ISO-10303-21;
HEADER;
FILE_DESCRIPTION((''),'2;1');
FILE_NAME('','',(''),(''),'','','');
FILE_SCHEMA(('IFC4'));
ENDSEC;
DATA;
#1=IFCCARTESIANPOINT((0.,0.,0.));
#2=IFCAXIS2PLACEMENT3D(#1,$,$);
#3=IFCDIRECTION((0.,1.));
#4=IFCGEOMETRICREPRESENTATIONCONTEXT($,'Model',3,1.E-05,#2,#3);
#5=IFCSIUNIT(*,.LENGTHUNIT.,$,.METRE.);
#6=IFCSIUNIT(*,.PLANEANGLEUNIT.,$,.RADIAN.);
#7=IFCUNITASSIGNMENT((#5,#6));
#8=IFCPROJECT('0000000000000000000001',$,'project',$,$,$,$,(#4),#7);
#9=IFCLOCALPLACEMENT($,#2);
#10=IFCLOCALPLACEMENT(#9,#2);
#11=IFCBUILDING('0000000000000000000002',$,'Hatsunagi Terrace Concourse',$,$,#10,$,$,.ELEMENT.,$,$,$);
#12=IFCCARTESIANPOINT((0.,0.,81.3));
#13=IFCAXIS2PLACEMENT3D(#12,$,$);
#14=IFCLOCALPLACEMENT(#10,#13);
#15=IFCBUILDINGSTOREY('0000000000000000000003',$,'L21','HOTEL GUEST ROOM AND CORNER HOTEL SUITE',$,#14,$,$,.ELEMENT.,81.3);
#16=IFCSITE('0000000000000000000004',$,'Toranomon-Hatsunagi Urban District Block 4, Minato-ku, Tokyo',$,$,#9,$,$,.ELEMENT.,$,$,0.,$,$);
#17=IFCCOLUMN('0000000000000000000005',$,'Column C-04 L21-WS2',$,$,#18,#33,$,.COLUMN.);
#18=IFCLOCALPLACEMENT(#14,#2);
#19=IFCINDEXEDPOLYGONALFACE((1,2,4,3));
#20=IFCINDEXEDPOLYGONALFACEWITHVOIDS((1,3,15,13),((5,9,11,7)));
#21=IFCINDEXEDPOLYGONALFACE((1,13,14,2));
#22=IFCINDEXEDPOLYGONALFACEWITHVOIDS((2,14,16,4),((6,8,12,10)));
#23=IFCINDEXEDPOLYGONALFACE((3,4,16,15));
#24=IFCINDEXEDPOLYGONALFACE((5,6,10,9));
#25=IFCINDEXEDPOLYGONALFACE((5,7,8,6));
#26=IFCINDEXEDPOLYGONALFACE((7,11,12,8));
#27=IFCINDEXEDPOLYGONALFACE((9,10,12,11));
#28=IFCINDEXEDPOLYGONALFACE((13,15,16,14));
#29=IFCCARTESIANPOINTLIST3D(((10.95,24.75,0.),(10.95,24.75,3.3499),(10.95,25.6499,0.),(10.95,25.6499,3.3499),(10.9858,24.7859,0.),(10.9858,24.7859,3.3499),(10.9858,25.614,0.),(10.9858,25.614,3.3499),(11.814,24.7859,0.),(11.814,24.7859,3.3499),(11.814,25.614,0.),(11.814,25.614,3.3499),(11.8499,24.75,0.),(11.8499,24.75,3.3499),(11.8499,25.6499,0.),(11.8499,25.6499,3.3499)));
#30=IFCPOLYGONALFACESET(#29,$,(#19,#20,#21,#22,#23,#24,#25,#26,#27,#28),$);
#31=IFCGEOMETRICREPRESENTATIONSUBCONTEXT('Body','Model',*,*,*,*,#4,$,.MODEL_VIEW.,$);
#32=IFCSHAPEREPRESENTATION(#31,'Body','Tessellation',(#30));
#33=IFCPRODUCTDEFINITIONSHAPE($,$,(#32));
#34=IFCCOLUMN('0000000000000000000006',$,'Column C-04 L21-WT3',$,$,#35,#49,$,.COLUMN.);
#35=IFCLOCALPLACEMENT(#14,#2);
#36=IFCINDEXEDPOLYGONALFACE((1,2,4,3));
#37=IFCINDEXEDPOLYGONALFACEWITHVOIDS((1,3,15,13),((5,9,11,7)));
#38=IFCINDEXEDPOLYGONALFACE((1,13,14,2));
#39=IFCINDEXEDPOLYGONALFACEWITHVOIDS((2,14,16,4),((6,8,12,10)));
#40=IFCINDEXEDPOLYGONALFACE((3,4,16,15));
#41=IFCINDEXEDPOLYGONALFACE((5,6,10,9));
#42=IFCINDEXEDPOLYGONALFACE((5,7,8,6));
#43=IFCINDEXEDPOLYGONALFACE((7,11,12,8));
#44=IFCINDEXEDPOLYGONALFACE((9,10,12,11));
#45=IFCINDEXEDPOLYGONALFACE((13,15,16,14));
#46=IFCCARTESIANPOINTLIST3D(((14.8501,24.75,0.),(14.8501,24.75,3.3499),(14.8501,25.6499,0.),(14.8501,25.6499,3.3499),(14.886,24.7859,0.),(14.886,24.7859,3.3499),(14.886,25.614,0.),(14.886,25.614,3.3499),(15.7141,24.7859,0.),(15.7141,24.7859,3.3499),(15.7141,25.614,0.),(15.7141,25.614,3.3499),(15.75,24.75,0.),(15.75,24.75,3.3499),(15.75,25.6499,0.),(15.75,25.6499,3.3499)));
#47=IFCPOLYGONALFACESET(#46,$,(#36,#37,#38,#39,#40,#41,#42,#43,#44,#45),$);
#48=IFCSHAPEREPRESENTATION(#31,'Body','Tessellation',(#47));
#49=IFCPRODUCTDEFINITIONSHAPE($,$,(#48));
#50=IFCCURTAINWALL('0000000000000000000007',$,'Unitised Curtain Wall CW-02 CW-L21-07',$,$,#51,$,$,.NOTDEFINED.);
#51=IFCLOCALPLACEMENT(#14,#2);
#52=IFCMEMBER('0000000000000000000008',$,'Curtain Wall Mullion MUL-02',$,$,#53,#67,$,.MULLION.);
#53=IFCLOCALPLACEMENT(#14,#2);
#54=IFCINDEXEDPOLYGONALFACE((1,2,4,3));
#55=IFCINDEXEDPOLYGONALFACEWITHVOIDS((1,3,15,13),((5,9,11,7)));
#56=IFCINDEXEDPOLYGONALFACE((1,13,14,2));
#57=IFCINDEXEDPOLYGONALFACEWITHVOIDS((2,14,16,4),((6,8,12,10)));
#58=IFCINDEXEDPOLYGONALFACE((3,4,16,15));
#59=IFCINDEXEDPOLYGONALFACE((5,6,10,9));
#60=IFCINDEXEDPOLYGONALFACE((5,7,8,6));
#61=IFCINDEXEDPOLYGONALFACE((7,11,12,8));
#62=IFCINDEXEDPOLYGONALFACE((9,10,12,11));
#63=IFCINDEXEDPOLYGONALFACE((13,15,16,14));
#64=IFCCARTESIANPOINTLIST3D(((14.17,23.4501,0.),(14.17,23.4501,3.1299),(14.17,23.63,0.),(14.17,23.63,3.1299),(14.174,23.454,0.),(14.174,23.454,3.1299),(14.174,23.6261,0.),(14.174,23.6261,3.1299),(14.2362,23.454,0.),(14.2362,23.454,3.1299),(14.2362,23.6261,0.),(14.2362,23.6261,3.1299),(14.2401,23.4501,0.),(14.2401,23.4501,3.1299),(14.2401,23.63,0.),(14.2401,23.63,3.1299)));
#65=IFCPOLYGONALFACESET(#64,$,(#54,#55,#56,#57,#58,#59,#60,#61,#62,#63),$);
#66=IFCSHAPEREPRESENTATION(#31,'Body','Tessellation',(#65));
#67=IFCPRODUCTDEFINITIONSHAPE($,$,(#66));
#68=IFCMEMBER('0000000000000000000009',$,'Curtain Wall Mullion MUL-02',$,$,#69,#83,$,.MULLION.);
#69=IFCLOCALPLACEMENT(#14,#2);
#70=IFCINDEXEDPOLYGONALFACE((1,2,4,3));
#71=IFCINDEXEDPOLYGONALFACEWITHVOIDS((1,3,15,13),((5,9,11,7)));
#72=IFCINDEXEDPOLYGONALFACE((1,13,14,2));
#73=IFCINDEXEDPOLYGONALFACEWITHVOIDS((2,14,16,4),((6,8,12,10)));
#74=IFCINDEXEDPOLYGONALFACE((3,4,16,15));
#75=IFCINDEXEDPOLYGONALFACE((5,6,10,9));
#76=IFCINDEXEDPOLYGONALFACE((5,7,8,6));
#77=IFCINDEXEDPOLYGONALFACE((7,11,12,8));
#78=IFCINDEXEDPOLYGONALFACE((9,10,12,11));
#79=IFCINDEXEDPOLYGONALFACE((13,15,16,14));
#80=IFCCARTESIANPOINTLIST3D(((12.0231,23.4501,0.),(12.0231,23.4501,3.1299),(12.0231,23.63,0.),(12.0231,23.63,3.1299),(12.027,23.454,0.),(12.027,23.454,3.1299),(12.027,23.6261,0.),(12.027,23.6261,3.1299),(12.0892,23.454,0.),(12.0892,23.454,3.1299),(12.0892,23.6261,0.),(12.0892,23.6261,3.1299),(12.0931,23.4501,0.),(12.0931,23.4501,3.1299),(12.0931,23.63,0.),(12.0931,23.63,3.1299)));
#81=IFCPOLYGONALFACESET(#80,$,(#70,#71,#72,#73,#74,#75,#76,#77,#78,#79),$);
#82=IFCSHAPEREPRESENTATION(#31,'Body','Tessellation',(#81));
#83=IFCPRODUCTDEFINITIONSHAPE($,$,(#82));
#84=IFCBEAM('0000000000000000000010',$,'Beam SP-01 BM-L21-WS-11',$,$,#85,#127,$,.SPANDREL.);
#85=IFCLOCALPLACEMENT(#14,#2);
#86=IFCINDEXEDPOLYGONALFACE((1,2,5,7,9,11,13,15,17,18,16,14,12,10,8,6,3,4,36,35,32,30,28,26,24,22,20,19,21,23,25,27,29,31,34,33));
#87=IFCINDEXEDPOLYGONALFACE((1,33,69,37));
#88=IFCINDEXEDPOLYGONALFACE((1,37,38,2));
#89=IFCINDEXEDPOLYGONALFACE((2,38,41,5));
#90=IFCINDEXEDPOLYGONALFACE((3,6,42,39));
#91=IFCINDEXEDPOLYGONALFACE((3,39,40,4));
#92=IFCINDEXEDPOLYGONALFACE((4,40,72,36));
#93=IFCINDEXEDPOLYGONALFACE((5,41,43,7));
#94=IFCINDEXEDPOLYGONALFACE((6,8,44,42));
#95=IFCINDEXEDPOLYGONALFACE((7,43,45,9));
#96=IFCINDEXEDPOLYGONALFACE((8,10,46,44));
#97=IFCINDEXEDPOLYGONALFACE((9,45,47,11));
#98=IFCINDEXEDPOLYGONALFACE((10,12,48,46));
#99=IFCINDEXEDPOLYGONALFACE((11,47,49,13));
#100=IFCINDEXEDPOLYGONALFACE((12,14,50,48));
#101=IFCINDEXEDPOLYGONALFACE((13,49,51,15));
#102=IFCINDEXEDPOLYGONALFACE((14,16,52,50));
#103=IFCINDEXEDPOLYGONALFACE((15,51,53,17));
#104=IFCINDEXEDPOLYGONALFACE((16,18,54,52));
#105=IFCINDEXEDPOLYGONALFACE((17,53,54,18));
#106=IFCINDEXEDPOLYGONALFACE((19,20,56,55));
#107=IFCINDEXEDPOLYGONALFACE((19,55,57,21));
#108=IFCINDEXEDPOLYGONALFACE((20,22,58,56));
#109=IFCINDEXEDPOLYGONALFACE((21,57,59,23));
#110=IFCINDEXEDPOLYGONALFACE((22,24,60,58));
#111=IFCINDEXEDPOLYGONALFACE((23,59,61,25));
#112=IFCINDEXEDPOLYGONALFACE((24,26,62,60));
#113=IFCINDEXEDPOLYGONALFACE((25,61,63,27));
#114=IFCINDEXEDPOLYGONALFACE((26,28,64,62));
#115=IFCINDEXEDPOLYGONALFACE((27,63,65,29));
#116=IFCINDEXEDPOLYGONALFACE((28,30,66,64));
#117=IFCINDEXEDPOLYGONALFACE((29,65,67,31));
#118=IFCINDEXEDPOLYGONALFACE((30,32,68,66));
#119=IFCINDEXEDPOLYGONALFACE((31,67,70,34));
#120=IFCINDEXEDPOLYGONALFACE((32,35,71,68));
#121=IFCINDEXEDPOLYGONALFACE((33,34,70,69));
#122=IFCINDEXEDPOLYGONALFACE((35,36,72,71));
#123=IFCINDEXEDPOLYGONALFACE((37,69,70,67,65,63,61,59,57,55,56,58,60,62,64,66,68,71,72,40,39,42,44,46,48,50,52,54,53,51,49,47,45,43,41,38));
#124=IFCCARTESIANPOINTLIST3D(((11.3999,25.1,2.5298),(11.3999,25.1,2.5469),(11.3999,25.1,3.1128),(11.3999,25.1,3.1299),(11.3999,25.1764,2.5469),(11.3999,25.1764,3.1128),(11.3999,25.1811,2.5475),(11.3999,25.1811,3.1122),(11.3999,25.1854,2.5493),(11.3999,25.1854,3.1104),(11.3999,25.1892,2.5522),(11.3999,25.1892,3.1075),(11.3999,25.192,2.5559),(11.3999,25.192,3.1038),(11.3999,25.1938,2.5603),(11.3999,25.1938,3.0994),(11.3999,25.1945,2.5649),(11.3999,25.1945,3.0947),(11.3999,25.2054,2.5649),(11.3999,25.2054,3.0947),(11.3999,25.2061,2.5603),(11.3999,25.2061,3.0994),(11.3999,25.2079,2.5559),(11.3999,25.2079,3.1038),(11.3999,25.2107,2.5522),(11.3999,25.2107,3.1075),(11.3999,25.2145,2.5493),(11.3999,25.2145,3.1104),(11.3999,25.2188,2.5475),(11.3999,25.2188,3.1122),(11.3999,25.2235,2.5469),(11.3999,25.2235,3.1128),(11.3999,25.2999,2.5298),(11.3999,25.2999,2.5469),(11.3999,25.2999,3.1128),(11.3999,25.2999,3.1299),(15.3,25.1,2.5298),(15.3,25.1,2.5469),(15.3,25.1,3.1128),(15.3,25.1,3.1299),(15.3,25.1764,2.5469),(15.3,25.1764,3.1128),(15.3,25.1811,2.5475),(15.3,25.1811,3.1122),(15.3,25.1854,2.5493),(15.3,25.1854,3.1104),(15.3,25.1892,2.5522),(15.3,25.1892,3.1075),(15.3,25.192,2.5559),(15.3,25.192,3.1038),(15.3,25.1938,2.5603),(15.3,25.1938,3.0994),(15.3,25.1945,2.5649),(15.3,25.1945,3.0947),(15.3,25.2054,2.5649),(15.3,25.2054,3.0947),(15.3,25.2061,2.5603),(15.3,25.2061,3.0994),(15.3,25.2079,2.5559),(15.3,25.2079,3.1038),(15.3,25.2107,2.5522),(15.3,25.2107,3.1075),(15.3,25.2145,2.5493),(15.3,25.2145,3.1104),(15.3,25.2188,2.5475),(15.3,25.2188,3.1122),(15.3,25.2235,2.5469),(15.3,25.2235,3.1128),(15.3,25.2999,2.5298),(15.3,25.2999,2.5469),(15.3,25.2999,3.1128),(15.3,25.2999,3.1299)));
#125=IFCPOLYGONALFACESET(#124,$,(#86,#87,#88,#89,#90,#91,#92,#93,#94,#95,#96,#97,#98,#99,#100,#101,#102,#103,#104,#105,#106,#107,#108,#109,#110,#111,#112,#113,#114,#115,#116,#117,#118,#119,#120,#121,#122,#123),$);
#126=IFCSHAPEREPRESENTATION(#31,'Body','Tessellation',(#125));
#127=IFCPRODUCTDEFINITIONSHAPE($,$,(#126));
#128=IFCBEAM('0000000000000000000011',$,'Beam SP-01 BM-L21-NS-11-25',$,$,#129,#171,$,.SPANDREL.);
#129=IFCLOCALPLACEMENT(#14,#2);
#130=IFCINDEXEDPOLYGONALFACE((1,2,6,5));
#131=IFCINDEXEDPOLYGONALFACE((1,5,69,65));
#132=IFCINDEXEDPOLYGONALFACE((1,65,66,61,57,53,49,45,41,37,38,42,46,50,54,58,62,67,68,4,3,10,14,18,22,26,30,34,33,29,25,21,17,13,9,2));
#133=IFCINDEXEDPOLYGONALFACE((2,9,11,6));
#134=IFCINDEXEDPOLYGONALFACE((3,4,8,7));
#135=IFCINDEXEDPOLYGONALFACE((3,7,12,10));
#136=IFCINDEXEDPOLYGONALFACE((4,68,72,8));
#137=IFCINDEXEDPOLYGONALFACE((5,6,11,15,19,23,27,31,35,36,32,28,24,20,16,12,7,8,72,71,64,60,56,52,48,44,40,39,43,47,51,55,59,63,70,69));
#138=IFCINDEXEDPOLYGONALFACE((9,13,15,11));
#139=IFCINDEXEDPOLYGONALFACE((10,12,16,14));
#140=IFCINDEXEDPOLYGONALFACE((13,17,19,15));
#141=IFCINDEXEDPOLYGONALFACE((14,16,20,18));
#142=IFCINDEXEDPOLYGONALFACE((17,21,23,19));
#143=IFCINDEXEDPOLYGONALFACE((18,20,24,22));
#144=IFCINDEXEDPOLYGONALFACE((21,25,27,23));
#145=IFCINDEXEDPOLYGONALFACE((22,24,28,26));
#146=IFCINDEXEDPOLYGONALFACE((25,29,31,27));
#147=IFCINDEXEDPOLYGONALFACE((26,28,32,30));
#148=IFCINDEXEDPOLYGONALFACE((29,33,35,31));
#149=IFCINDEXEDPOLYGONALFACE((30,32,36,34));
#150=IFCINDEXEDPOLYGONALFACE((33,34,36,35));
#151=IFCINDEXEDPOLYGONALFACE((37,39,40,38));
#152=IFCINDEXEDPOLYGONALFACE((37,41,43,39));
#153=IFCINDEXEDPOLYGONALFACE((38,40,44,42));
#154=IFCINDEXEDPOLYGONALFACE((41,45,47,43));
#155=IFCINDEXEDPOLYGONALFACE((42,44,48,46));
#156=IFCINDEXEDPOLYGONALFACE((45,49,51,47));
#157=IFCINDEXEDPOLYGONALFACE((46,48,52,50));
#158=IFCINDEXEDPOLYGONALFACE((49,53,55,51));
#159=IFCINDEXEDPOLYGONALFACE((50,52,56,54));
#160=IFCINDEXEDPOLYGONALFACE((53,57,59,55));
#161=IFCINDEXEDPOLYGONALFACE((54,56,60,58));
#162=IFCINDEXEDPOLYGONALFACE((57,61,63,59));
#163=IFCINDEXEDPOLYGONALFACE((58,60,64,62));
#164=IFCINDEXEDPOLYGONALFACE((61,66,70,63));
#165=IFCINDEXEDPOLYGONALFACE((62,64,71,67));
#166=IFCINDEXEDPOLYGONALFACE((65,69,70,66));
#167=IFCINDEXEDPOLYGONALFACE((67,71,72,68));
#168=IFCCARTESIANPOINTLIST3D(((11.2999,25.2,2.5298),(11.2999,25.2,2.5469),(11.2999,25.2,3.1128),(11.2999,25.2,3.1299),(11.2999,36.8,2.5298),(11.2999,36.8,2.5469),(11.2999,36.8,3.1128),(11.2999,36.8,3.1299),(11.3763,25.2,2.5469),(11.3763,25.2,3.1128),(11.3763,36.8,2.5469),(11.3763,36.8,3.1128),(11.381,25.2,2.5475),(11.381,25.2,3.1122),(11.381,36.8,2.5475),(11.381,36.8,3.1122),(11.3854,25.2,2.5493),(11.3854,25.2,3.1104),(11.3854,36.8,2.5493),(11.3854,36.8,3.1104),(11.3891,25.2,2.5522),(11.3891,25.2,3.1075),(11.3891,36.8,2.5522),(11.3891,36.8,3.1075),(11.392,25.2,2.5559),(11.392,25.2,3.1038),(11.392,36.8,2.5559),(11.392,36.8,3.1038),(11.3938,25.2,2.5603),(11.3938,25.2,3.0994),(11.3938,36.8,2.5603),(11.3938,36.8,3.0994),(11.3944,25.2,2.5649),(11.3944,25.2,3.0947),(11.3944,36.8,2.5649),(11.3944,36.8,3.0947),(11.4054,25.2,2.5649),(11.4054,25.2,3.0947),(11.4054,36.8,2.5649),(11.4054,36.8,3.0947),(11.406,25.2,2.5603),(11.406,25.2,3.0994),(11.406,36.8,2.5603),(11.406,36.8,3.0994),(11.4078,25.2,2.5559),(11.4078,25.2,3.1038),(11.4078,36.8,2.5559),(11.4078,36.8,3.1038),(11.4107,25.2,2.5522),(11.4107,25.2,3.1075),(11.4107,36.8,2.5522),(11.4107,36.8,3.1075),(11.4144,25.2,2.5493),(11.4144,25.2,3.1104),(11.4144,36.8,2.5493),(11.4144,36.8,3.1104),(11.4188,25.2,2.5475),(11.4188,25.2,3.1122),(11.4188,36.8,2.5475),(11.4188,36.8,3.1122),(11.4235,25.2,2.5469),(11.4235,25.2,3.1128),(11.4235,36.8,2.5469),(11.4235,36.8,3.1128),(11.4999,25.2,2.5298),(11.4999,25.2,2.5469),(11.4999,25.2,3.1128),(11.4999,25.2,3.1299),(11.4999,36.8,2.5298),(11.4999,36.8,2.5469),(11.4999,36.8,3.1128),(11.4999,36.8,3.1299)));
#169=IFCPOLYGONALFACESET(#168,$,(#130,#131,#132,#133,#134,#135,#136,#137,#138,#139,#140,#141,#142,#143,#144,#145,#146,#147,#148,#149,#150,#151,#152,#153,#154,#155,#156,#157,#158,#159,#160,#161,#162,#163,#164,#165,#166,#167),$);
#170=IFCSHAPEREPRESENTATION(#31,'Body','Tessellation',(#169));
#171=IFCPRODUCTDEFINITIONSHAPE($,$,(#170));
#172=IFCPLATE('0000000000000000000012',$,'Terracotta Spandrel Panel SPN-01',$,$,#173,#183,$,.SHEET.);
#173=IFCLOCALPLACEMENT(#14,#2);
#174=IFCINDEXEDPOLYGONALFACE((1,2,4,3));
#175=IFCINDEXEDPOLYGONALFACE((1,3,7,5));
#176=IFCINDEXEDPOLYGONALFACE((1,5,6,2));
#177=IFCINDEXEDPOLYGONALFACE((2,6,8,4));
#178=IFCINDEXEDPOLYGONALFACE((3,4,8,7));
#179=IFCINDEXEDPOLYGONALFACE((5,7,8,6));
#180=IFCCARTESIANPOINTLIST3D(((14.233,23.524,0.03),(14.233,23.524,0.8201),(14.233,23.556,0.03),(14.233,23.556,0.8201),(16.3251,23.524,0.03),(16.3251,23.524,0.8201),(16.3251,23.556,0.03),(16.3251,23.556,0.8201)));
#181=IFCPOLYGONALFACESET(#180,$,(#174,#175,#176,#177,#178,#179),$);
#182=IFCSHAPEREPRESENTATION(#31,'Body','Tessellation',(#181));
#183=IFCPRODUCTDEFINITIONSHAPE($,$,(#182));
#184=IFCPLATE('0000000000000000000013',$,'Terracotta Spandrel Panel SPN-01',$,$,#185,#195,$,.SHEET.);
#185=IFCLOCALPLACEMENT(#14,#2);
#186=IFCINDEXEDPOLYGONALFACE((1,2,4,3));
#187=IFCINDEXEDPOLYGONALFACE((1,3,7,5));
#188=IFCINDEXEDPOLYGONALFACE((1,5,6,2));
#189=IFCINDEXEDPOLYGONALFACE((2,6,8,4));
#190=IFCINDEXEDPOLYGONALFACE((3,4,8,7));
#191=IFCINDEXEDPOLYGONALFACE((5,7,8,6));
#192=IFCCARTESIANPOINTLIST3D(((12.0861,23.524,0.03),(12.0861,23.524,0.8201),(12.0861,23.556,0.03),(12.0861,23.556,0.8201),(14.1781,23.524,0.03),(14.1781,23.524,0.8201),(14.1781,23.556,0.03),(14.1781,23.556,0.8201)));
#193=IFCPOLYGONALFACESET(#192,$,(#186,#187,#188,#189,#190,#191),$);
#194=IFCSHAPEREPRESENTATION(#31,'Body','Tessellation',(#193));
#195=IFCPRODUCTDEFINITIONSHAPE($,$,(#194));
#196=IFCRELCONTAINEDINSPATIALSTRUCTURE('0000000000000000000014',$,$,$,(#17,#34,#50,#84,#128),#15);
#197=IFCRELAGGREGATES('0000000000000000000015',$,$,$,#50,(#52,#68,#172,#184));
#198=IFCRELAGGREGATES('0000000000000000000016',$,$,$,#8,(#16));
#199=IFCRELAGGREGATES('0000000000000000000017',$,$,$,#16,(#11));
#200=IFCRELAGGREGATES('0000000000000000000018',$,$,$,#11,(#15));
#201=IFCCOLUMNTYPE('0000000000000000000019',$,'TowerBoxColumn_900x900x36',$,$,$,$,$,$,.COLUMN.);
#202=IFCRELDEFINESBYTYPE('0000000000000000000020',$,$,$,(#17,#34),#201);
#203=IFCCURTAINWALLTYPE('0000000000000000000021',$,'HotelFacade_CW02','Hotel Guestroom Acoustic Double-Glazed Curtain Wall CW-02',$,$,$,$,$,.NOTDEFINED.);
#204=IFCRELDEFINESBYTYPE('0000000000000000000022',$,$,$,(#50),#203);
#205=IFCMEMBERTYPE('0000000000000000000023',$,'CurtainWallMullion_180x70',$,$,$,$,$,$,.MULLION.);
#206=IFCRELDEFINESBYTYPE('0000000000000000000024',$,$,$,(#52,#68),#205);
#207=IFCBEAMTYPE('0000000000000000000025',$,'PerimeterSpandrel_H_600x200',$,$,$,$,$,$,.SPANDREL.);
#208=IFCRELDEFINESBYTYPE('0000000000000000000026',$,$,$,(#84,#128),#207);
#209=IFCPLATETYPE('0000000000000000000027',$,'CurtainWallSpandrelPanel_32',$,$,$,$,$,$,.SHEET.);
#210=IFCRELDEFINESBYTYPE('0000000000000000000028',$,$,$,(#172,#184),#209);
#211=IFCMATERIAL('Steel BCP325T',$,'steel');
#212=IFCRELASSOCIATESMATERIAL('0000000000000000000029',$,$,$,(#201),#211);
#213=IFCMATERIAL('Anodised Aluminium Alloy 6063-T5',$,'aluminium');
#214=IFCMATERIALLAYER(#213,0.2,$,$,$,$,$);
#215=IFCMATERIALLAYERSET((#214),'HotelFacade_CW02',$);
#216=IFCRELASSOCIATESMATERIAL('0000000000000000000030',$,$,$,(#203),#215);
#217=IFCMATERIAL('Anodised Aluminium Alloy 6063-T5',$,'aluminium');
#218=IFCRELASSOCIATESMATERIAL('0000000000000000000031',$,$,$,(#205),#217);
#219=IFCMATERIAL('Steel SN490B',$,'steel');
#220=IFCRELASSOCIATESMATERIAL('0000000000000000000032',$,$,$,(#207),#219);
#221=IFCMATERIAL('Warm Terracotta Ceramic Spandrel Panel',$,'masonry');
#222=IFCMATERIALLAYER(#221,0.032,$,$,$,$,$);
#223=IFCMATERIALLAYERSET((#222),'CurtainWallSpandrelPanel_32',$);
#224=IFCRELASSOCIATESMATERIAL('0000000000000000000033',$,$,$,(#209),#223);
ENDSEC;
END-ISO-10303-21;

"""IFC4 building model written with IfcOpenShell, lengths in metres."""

from ifc_helpers import new_model, si_unit, direction, frame, origin, origin_2d, place, context, subcontext, project, spatial, rectangle, hollow_rectangle, i_section, extrude, material, layer, layer_set, material_profile, profile_set, type_object, element, aggregate, save


model = new_model("IFC4")

# Units and contexts
model_context = context("Model", 3, precision=1e-05, world=origin(), true_north=direction((0.0, 1.0)))
body_context = subcontext(model_context, "Body", "Model", "MODEL_VIEW")
ifc_project = project(units=[si_unit("LENGTHUNIT", "METRE"), si_unit("PLANEANGLEUNIT", "RADIAN")], contexts=[model_context])

# Site, building, storey
site_placement = place(None, origin())
site = spatial("IfcSite", under=ifc_project, at=site_placement, Name="Toranomon-Hatsunagi Urban District Block 4, Minato-ku, Tokyo", CompositionType="ELEMENT", RefElevation=0.0)
building_placement = place(site_placement, origin())
building = spatial("IfcBuilding", under=site, at=building_placement, Name="Hatsunagi Terrace Concourse", CompositionType="ELEMENT")
storey_placement = place(building_placement, frame((0.0, 0.0, 81.3)))
storey = spatial("IfcBuildingStorey", under=building, at=storey_placement, Name="L21", Description="HOTEL GUEST ROOM AND CORNER HOTEL SUITE", CompositionType="ELEMENT", Elevation=81.3)

# Columns
ifc_material_1 = material(Name="Steel BCP325T", Category="steel")
ifc_material_profile_1 = material_profile(ifc_material_1, hollow_rectangle(XDim=0.8999, YDim=0.8999, WallThickness=0.0359, at=origin_2d()), Name="BCP-900x900x36")
ifc_profile_set_1 = profile_set([ifc_material_profile_1], Name="Steel BCP325T")
column_type = type_object("IfcColumnType", Name="TowerBoxColumn_900x900x36", PredefinedType="COLUMN", material=ifc_profile_set_1)
for number, where, z_axis, x_axis, name in (
    (1, (11.3999, 25.2, 0.0), (0.0, 0.0, 1.0), (1.0, 0.0, 0.0), "Column C-04 L21-WS2"),
    (2, (15.3, 25.2, 0.0), (0.0, 0.0, 1.0), (1.0, 0.0, 0.0), "Column C-04 L21-WT3"),
):
    element("IfcColumn", number, at=place(storey_placement, frame(where, z_axis=z_axis, x_axis=x_axis)), inside=storey, type_object=column_type, Name=name, PredefinedType="COLUMN", context=body_context, shape_type="SweptSolid", body=[
        extrude(hollow_rectangle(XDim=0.8999, YDim=0.8999, WallThickness=0.0359, at=origin_2d()), origin(), (0.0, 0.0, 1.0), 3.3499),
    ])

# Curtain wall, members
ifc_material_2 = material(Name="Anodised Aluminium Alloy 6063-T5", Category="aluminium")
ifc_layer_1 = layer(ifc_material_2, 0.2)
ifc_layer_set_1 = layer_set([ifc_layer_1], Name="HotelFacade_CW02")
curtain_wall_type = type_object("IfcCurtainWallType", Name="HotelFacade_CW02", Description="Hotel Guestroom Acoustic Double-Glazed Curtain Wall CW-02", PredefinedType="NOTDEFINED", material=ifc_layer_set_1)
curtain_wall_placement = place(storey_placement, origin())
curtain_wall = element("IfcCurtainWall", 3, at=curtain_wall_placement, inside=storey, type_object=curtain_wall_type, Name="Unitised Curtain Wall CW-02 CW-L21-07", PredefinedType="NOTDEFINED")
ifc_material_3 = material(Name="Anodised Aluminium Alloy 6063-T5", Category="aluminium")
ifc_material_profile_2 = material_profile(ifc_material_3, hollow_rectangle(XDim=0.0701, YDim=0.1799, WallThickness=0.0039, at=origin_2d()), Name="ALU-MUL-180x70x4")
ifc_profile_set_2 = profile_set([ifc_material_profile_2], Name="Anodised Aluminium Alloy 6063-T5")
member_type = type_object("IfcMemberType", Name="CurtainWallMullion_180x70", PredefinedType="MULLION", material=ifc_profile_set_2)
member_1_placement = place(storey_placement, frame((14.2051, 23.54, 0.0), z_axis=(0.0, 0.0, 1.0), x_axis=(-1.0, 0.0, 0.0)))
member_1 = element("IfcMember", 4, at=member_1_placement, type_object=member_type, Name="Curtain Wall Mullion MUL-02", PredefinedType="MULLION", context=body_context, shape_type="SweptSolid", body=[
    extrude(hollow_rectangle(XDim=0.0701, YDim=0.1799, WallThickness=0.0039, at=origin_2d()), origin(), (0.0, 0.0, 1.0), 3.1299),
])
member_2_placement = place(storey_placement, frame((12.0581, 23.54, 0.0), z_axis=(0.0, 0.0, 1.0), x_axis=(-1.0, 0.0, 0.0)))
member_2 = element("IfcMember", 5, at=member_2_placement, type_object=member_type, Name="Curtain Wall Mullion MUL-02", PredefinedType="MULLION", context=body_context, shape_type="SweptSolid", body=[
    extrude(hollow_rectangle(XDim=0.0701, YDim=0.1799, WallThickness=0.0039, at=origin_2d()), origin(), (0.0, 0.0, 1.0), 3.1299),
])

# Beams
ifc_material_4 = material(Name="Steel SN490B", Category="steel")
ifc_material_profile_3 = material_profile(ifc_material_4, i_section(OverallWidth=0.2, OverallDepth=0.6001, WebThickness=0.011, FlangeThickness=0.0171, FilletRadius=0.0181, at=origin_2d()), Name="H-600x200x11x17")
ifc_profile_set_3 = profile_set([ifc_material_profile_3], Name="Steel SN490B")
beam_type = type_object("IfcBeamType", Name="PerimeterSpandrel_H_600x200", PredefinedType="SPANDREL", material=ifc_profile_set_3)
beam_1_placement = place(storey_placement, frame((11.3999, 25.2, 2.8298), z_axis=(1.0, 0.0, 0.0), x_axis=(0.0, 1.0, 0.0)))
element("IfcBeam", 6, at=beam_1_placement, inside=storey, type_object=beam_type, Name="Beam SP-01 BM-L21-WS-11", PredefinedType="SPANDREL", context=body_context, shape_type="SweptSolid", body=[
    extrude(i_section(OverallWidth=0.2, OverallDepth=0.6001, WebThickness=0.011, FlangeThickness=0.0171, FilletRadius=0.0181, at=origin_2d()), origin(), (0.0, 0.0, 1.0), 3.9001),
])
beam_2_placement = place(storey_placement, frame((11.3999, 25.2, 2.8298), z_axis=(0.0, 1.0, 0.0), x_axis=(-1.0, 0.0, 0.0)))
element("IfcBeam", 7, at=beam_2_placement, inside=storey, type_object=beam_type, Name="Beam SP-01 BM-L21-NS-11-25", PredefinedType="SPANDREL", context=body_context, shape_type="SweptSolid", body=[
    extrude(i_section(OverallWidth=0.2, OverallDepth=0.6001, WebThickness=0.011, FlangeThickness=0.0171, FilletRadius=0.0181, at=origin_2d()), origin(), (0.0, 0.0, 1.0), 11.6001),
])

# Plates
ifc_material_5 = material(Name="Warm Terracotta Ceramic Spandrel Panel", Category="masonry")
ifc_layer_2 = layer(ifc_material_5, 0.032)
ifc_layer_set_2 = layer_set([ifc_layer_2], Name="CurtainWallSpandrelPanel_32")
plate_type_1 = type_object("IfcPlateType", Name="CurtainWallSpandrelPanel_32", PredefinedType="SHEET", material=ifc_layer_set_2)
plate_1_placement = place(storey_placement, frame((15.2791, 23.54, 0.03), z_axis=(0.0, 0.0, 1.0), x_axis=(-1.0, 0.0, 0.0)))
plate_1 = element("IfcPlate", 8, at=plate_1_placement, type_object=plate_type_1, Name="Terracotta Spandrel Panel SPN-01", PredefinedType="SHEET", context=body_context, shape_type="SweptSolid", body=[
    extrude(rectangle(XDim=2.092, YDim=0.032, at=origin_2d()), origin(), (0.0, 0.0, 1.0), 0.79),
])
plate_2_placement = place(storey_placement, frame((13.1321, 23.54, 0.03), z_axis=(0.0, 0.0, 1.0), x_axis=(-1.0, 0.0, 0.0)))
plate_2 = element("IfcPlate", 9, at=plate_2_placement, type_object=plate_type_1, Name="Terracotta Spandrel Panel SPN-01", PredefinedType="SHEET", context=body_context, shape_type="SweptSolid", body=[
    extrude(rectangle(XDim=2.092, YDim=0.032, at=origin_2d()), origin(), (0.0, 0.0, 1.0), 0.79),
])
aggregate(curtain_wall, [member_1, member_2, plate_1, plate_2])

save(model, "model.ifc")
